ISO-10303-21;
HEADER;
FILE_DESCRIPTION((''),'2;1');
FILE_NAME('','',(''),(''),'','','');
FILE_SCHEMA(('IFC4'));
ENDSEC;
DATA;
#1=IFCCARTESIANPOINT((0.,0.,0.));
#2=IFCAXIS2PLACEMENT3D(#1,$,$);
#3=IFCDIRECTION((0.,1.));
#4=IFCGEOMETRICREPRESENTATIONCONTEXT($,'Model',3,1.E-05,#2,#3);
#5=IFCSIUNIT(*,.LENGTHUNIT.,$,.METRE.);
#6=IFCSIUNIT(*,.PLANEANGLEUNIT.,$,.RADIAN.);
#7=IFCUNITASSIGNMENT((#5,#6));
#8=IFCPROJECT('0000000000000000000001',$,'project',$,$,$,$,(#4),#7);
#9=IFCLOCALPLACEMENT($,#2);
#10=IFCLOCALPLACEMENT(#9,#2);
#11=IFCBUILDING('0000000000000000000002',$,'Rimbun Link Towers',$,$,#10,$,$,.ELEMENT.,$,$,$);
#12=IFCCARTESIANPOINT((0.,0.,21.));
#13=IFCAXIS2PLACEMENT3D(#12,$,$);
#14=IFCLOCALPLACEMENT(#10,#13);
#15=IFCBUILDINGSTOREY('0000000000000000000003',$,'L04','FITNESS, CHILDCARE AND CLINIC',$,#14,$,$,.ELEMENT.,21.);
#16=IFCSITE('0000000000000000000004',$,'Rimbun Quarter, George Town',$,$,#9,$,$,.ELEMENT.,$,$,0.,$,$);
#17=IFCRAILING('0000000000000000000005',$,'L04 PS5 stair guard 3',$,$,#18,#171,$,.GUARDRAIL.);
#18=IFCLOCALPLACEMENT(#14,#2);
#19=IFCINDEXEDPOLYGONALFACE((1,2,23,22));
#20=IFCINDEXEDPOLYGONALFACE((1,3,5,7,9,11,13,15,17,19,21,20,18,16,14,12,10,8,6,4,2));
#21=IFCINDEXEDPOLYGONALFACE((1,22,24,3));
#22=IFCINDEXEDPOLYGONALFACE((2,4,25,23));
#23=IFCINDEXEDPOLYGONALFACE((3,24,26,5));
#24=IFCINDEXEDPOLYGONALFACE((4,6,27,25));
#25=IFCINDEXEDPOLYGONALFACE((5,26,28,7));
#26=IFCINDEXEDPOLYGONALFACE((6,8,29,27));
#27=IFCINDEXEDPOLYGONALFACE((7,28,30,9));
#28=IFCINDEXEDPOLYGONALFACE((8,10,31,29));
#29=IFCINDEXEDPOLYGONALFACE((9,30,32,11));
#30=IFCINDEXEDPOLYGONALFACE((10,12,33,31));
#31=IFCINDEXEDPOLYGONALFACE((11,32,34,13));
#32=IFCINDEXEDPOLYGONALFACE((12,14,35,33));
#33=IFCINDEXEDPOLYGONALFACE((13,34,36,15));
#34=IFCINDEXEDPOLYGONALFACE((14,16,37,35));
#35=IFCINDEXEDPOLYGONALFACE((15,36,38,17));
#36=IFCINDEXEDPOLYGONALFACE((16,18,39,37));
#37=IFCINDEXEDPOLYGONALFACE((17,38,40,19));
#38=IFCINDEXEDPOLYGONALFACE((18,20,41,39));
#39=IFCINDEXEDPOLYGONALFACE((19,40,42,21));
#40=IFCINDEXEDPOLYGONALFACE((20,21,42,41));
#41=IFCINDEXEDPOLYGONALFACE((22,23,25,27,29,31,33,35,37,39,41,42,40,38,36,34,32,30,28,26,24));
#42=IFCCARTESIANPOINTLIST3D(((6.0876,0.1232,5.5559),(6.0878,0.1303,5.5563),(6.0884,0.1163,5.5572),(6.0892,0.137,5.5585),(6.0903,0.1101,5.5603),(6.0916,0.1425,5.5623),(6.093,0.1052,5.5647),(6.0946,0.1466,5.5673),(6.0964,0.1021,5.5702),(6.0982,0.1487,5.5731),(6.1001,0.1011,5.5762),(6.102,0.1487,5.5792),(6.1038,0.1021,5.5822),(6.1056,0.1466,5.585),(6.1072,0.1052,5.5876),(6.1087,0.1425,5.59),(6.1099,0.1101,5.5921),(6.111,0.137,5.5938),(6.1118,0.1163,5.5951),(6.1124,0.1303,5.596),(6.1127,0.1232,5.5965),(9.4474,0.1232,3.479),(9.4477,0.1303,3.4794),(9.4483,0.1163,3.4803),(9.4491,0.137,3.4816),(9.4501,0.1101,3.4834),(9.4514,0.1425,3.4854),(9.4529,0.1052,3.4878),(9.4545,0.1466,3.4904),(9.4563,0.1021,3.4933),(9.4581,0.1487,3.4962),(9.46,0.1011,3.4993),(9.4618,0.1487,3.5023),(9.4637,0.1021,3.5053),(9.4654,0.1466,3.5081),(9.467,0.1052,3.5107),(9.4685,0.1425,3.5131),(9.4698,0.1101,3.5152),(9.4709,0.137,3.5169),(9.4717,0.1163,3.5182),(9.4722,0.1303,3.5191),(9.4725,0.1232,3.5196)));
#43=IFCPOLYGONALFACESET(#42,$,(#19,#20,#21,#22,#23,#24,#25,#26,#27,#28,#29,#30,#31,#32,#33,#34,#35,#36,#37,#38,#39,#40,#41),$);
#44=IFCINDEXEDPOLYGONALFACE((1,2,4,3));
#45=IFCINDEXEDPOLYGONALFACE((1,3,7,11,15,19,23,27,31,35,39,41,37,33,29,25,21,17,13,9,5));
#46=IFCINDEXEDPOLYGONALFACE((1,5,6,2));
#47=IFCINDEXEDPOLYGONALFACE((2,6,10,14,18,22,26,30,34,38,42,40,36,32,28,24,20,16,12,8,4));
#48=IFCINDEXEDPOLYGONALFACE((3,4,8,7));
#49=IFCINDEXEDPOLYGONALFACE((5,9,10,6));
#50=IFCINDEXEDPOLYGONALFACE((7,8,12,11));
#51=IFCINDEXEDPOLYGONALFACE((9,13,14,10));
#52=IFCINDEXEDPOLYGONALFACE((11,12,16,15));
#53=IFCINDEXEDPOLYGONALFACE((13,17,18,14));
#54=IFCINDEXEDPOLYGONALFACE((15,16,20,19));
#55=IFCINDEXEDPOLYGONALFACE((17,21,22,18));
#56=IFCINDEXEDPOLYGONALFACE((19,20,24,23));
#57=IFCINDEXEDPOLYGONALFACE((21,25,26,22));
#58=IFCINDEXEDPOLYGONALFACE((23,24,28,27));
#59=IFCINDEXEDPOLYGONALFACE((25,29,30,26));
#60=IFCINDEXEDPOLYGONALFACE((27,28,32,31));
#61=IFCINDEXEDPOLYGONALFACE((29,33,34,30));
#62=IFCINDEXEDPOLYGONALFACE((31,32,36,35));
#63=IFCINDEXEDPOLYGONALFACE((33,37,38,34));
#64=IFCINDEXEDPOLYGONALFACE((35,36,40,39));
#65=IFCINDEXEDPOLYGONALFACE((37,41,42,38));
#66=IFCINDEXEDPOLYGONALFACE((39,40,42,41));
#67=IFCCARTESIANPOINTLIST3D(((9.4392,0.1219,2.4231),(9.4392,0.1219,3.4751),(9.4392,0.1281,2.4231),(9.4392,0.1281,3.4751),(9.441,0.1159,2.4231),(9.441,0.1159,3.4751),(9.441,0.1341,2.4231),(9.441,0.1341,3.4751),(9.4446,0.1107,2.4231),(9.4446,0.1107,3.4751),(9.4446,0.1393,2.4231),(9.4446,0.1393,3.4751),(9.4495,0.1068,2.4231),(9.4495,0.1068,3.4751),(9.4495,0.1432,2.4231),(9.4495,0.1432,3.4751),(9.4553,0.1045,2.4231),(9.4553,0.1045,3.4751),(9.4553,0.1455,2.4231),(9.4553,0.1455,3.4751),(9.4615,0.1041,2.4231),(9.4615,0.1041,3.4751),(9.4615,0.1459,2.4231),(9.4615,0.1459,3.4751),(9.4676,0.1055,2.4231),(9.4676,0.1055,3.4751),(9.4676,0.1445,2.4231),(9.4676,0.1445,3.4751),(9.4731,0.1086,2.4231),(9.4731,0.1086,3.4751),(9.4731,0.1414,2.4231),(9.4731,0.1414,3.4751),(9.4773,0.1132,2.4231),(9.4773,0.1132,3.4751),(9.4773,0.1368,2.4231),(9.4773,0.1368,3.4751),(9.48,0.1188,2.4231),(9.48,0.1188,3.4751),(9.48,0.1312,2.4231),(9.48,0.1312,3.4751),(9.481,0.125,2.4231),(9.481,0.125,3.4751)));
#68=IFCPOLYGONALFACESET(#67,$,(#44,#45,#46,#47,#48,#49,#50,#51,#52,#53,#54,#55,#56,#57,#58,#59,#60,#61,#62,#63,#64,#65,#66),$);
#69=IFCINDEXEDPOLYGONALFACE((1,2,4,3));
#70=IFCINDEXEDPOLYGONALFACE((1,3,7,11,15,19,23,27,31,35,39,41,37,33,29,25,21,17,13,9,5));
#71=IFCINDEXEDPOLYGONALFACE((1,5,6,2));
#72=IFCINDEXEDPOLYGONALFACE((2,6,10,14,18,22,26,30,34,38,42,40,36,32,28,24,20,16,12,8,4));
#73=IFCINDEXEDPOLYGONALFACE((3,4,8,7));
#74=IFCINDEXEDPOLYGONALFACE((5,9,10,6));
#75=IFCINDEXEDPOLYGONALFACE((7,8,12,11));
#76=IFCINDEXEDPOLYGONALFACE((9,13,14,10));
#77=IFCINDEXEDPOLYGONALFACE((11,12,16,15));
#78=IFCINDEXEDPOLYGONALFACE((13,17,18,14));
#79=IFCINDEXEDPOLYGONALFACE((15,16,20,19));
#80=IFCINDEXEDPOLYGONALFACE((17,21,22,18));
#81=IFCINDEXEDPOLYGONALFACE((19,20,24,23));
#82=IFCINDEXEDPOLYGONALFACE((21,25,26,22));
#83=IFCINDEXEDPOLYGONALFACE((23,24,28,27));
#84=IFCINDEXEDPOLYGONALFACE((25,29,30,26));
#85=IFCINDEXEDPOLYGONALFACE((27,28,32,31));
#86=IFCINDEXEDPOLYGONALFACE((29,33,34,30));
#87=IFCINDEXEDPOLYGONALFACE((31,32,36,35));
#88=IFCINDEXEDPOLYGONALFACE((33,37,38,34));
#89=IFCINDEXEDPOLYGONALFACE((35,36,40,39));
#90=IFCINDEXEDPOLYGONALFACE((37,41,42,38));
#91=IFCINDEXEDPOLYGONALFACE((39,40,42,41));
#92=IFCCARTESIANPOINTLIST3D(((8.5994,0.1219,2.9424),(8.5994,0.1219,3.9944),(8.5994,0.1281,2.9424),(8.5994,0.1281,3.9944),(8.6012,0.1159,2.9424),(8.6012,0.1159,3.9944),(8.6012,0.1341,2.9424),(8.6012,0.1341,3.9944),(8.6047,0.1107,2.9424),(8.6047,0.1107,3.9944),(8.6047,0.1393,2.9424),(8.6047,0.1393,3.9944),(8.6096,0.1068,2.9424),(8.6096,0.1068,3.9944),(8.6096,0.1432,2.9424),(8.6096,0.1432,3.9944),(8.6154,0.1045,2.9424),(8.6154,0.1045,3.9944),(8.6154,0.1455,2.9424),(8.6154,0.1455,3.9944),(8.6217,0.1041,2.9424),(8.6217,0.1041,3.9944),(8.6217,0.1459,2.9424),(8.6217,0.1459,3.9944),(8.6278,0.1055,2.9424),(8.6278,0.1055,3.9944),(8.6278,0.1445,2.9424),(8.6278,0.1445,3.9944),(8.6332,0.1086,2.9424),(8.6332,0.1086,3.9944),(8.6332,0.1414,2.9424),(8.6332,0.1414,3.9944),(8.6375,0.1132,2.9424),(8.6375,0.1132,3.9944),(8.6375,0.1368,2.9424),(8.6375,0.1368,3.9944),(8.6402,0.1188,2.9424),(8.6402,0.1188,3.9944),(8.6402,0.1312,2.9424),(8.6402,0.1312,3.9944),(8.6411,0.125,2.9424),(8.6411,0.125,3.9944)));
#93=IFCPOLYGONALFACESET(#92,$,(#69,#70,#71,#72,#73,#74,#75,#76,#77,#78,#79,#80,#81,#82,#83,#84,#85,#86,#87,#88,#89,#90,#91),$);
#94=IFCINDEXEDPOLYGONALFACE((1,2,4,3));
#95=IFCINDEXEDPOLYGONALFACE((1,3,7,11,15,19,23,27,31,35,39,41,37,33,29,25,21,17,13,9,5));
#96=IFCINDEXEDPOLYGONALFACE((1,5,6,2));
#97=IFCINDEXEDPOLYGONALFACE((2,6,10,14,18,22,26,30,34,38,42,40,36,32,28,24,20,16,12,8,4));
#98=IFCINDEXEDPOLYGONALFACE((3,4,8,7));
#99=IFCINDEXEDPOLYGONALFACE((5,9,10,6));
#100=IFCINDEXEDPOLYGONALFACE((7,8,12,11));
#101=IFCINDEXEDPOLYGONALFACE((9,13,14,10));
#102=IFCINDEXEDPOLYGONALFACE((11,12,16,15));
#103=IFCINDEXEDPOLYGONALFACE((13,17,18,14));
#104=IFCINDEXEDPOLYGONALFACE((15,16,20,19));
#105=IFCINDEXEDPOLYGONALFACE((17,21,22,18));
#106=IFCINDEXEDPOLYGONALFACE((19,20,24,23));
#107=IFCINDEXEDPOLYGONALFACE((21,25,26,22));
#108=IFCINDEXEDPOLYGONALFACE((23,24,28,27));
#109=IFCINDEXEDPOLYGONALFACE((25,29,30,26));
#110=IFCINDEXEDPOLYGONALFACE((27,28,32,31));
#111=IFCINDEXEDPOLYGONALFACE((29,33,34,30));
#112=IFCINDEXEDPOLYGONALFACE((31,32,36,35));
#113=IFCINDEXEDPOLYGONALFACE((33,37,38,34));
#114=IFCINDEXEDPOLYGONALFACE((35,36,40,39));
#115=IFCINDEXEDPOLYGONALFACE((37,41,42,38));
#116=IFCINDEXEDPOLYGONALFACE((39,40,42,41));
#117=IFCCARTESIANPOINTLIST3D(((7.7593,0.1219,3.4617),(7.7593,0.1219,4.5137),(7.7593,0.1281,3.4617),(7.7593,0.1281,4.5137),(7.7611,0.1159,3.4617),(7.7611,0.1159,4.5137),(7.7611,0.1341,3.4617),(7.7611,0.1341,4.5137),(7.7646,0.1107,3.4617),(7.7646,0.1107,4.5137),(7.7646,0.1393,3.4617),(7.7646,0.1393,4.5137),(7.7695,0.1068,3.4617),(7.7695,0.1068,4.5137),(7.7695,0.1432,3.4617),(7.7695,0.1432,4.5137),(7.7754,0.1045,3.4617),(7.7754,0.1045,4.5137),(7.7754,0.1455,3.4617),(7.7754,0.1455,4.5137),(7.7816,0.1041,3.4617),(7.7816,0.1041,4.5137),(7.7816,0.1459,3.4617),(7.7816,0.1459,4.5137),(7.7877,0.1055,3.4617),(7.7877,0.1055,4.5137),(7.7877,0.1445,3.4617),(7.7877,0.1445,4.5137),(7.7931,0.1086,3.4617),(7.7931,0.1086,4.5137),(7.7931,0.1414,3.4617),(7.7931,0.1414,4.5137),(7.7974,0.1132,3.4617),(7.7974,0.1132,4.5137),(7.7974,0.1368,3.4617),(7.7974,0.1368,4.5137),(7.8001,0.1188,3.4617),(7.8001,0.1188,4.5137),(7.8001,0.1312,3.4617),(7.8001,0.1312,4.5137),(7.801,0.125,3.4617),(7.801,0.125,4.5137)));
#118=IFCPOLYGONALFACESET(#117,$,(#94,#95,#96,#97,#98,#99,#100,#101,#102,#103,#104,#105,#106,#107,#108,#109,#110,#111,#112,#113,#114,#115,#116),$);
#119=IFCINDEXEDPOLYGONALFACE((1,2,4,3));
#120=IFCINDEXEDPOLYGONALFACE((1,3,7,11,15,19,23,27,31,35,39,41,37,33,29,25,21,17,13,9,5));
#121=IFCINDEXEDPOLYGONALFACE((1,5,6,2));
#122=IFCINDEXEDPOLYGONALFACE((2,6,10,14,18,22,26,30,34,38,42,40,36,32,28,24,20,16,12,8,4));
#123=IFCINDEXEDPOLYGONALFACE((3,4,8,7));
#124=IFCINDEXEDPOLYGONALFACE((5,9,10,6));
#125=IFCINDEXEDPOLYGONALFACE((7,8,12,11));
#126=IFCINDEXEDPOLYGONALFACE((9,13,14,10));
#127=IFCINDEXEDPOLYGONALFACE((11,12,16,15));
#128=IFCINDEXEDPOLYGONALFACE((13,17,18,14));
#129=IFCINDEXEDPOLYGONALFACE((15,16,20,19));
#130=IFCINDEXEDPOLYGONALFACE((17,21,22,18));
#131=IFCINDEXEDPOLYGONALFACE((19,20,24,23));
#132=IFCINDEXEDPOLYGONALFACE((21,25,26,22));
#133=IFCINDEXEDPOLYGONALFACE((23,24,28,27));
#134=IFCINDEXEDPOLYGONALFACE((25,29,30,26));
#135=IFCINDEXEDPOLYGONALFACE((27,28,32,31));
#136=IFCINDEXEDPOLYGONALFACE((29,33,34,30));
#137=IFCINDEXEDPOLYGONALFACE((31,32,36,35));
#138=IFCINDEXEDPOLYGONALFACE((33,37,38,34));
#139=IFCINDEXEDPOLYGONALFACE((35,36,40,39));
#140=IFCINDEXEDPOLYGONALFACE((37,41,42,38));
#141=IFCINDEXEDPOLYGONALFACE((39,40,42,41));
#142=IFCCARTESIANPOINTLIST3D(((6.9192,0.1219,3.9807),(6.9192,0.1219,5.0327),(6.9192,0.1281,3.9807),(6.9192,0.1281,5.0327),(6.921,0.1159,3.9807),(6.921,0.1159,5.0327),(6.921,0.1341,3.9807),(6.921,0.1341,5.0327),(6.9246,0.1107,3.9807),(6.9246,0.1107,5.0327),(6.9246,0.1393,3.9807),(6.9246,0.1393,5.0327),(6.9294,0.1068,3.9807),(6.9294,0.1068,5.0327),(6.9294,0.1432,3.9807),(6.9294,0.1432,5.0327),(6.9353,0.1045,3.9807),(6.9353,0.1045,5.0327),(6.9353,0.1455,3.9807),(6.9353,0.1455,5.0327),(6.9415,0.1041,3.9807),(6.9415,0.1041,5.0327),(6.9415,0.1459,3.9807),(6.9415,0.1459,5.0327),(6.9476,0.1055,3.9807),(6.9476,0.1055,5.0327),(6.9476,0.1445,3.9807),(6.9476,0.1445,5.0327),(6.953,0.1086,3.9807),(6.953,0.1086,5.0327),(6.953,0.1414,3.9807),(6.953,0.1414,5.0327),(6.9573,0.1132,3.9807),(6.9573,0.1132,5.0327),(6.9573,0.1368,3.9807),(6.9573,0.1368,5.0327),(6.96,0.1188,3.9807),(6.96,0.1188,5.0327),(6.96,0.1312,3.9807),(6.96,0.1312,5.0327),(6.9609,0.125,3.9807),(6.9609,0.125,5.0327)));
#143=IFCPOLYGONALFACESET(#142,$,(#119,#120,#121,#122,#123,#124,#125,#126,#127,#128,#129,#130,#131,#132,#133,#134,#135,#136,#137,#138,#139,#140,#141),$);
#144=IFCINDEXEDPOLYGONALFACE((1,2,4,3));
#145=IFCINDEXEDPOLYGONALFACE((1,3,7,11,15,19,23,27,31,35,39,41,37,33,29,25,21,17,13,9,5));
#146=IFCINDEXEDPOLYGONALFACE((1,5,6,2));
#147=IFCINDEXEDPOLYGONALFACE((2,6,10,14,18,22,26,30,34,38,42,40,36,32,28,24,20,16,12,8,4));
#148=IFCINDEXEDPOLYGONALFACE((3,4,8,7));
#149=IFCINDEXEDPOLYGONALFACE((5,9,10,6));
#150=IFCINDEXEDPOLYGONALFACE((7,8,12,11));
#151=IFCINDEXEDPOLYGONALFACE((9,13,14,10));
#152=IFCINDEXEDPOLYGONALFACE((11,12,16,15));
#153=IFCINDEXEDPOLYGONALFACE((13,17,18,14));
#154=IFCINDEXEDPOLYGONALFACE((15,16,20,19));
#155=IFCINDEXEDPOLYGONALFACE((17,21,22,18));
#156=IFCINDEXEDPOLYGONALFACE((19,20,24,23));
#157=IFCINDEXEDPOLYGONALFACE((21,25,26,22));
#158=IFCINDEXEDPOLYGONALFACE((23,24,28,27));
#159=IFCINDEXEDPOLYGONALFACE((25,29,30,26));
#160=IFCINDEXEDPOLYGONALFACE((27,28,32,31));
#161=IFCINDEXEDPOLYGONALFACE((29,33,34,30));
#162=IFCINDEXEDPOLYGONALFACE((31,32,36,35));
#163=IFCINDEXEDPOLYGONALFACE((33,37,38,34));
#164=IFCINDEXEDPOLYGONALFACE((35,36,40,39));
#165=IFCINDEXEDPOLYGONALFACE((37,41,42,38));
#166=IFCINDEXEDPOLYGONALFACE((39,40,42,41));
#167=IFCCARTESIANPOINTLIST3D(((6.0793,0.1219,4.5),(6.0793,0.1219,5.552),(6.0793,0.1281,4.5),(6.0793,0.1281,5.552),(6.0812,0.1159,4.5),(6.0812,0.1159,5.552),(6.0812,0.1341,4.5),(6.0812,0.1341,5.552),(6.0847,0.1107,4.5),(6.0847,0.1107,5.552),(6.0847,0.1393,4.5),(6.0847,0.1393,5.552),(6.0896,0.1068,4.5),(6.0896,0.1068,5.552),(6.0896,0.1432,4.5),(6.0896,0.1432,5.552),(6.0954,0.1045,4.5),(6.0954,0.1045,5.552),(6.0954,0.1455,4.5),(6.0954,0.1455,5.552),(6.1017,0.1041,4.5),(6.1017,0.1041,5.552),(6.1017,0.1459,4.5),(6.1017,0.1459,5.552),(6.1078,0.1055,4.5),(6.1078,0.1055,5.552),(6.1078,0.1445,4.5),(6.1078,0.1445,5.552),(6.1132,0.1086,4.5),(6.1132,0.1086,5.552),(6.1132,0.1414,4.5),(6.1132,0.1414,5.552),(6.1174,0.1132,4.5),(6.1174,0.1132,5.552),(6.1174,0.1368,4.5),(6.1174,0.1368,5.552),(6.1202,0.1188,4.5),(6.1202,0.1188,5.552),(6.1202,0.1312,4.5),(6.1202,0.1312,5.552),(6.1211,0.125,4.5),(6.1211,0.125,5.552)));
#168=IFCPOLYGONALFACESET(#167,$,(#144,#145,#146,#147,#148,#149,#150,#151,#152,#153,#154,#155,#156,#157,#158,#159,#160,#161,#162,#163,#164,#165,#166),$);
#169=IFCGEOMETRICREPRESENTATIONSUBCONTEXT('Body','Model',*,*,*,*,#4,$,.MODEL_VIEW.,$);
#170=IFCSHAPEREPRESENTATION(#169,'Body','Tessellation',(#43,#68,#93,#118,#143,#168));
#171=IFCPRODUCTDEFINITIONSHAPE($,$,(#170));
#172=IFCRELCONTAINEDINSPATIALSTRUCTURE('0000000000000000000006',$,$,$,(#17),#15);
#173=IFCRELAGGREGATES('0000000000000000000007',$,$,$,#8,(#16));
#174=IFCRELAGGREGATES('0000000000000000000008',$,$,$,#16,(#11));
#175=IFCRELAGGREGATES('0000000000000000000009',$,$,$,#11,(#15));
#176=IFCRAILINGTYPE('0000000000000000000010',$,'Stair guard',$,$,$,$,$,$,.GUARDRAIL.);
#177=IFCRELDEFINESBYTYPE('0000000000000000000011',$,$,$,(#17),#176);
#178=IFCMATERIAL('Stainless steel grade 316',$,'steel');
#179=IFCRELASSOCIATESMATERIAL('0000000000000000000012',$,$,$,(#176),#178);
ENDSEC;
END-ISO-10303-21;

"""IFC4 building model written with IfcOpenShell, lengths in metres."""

from ifc_helpers import new_model, si_unit, direction, frame, origin, origin_2d, place, context, subcontext, project, spatial, circle, extrude, material, type_object, element, save


model = new_model("IFC4")

# Units and contexts
model_context = context("Model", 3, precision=1e-05, world=origin(), true_north=direction((0.0, 1.0)))
body_context = subcontext(model_context, "Body", "Model", "MODEL_VIEW")
ifc_project = project(units=[si_unit("LENGTHUNIT", "METRE"), si_unit("PLANEANGLEUNIT", "RADIAN")], contexts=[model_context])

# Site, building, storey
site_placement = place(None, origin())
site = spatial("IfcSite", under=ifc_project, at=site_placement, Name="Rimbun Quarter, George Town", CompositionType="ELEMENT", RefElevation=0.0)
building_placement = place(site_placement, origin())
building = spatial("IfcBuilding", under=site, at=building_placement, Name="Rimbun Link Towers", CompositionType="ELEMENT")
storey_placement = place(building_placement, frame((0.0, 0.0, 21.0)))
storey = spatial("IfcBuildingStorey", under=building, at=storey_placement, Name="L04", Description="FITNESS, CHILDCARE AND CLINIC", CompositionType="ELEMENT", Elevation=21.0)

# Railing
ifc_material_1 = material(Name="Stainless steel grade 316", Category="steel")
railing_type_1 = type_object("IfcRailingType", Name="Stair guard", PredefinedType="GUARDRAIL", material=ifc_material_1)
railing_1_placement = place(storey_placement, frame((9.46, 0.125, 2.4231)))
element("IfcRailing", 1, at=railing_1_placement, inside=storey, type_object=railing_type_1, Name="L04 PS5 stair guard 3", PredefinedType="GUARDRAIL", context=body_context, shape_type="SweptSolid", body=[
    extrude(circle(Radius=0.0239, at=origin_2d()), frame((0.0, 0.0, 1.0762), z_axis=(-0.850606, 0.0, 0.525803), x_axis=(0.0, -1.0, 0.0)), (0.0, 0.0, 1.0), 3.95),
    extrude(circle(Radius=0.021, at=origin_2d()), origin(), (0.0, 0.0, 1.0), 1.052),
    extrude(circle(Radius=0.021, at=origin_2d()), frame((-0.8398, 0.0, 0.5193)), (0.0, 0.0, 1.0), 1.052),
    extrude(circle(Radius=0.021, at=origin_2d()), frame((-1.6799, 0.0, 1.0386)), (0.0, 0.0, 1.0), 1.052),
    extrude(circle(Radius=0.021, at=origin_2d()), frame((-2.52, 0.0, 1.5576)), (0.0, 0.0, 1.0), 1.052),
    extrude(circle(Radius=0.021, at=origin_2d()), frame((-3.3599, 0.0, 2.0769)), (0.0, 0.0, 1.0), 1.052),
])

save(model, "model.ifc")
